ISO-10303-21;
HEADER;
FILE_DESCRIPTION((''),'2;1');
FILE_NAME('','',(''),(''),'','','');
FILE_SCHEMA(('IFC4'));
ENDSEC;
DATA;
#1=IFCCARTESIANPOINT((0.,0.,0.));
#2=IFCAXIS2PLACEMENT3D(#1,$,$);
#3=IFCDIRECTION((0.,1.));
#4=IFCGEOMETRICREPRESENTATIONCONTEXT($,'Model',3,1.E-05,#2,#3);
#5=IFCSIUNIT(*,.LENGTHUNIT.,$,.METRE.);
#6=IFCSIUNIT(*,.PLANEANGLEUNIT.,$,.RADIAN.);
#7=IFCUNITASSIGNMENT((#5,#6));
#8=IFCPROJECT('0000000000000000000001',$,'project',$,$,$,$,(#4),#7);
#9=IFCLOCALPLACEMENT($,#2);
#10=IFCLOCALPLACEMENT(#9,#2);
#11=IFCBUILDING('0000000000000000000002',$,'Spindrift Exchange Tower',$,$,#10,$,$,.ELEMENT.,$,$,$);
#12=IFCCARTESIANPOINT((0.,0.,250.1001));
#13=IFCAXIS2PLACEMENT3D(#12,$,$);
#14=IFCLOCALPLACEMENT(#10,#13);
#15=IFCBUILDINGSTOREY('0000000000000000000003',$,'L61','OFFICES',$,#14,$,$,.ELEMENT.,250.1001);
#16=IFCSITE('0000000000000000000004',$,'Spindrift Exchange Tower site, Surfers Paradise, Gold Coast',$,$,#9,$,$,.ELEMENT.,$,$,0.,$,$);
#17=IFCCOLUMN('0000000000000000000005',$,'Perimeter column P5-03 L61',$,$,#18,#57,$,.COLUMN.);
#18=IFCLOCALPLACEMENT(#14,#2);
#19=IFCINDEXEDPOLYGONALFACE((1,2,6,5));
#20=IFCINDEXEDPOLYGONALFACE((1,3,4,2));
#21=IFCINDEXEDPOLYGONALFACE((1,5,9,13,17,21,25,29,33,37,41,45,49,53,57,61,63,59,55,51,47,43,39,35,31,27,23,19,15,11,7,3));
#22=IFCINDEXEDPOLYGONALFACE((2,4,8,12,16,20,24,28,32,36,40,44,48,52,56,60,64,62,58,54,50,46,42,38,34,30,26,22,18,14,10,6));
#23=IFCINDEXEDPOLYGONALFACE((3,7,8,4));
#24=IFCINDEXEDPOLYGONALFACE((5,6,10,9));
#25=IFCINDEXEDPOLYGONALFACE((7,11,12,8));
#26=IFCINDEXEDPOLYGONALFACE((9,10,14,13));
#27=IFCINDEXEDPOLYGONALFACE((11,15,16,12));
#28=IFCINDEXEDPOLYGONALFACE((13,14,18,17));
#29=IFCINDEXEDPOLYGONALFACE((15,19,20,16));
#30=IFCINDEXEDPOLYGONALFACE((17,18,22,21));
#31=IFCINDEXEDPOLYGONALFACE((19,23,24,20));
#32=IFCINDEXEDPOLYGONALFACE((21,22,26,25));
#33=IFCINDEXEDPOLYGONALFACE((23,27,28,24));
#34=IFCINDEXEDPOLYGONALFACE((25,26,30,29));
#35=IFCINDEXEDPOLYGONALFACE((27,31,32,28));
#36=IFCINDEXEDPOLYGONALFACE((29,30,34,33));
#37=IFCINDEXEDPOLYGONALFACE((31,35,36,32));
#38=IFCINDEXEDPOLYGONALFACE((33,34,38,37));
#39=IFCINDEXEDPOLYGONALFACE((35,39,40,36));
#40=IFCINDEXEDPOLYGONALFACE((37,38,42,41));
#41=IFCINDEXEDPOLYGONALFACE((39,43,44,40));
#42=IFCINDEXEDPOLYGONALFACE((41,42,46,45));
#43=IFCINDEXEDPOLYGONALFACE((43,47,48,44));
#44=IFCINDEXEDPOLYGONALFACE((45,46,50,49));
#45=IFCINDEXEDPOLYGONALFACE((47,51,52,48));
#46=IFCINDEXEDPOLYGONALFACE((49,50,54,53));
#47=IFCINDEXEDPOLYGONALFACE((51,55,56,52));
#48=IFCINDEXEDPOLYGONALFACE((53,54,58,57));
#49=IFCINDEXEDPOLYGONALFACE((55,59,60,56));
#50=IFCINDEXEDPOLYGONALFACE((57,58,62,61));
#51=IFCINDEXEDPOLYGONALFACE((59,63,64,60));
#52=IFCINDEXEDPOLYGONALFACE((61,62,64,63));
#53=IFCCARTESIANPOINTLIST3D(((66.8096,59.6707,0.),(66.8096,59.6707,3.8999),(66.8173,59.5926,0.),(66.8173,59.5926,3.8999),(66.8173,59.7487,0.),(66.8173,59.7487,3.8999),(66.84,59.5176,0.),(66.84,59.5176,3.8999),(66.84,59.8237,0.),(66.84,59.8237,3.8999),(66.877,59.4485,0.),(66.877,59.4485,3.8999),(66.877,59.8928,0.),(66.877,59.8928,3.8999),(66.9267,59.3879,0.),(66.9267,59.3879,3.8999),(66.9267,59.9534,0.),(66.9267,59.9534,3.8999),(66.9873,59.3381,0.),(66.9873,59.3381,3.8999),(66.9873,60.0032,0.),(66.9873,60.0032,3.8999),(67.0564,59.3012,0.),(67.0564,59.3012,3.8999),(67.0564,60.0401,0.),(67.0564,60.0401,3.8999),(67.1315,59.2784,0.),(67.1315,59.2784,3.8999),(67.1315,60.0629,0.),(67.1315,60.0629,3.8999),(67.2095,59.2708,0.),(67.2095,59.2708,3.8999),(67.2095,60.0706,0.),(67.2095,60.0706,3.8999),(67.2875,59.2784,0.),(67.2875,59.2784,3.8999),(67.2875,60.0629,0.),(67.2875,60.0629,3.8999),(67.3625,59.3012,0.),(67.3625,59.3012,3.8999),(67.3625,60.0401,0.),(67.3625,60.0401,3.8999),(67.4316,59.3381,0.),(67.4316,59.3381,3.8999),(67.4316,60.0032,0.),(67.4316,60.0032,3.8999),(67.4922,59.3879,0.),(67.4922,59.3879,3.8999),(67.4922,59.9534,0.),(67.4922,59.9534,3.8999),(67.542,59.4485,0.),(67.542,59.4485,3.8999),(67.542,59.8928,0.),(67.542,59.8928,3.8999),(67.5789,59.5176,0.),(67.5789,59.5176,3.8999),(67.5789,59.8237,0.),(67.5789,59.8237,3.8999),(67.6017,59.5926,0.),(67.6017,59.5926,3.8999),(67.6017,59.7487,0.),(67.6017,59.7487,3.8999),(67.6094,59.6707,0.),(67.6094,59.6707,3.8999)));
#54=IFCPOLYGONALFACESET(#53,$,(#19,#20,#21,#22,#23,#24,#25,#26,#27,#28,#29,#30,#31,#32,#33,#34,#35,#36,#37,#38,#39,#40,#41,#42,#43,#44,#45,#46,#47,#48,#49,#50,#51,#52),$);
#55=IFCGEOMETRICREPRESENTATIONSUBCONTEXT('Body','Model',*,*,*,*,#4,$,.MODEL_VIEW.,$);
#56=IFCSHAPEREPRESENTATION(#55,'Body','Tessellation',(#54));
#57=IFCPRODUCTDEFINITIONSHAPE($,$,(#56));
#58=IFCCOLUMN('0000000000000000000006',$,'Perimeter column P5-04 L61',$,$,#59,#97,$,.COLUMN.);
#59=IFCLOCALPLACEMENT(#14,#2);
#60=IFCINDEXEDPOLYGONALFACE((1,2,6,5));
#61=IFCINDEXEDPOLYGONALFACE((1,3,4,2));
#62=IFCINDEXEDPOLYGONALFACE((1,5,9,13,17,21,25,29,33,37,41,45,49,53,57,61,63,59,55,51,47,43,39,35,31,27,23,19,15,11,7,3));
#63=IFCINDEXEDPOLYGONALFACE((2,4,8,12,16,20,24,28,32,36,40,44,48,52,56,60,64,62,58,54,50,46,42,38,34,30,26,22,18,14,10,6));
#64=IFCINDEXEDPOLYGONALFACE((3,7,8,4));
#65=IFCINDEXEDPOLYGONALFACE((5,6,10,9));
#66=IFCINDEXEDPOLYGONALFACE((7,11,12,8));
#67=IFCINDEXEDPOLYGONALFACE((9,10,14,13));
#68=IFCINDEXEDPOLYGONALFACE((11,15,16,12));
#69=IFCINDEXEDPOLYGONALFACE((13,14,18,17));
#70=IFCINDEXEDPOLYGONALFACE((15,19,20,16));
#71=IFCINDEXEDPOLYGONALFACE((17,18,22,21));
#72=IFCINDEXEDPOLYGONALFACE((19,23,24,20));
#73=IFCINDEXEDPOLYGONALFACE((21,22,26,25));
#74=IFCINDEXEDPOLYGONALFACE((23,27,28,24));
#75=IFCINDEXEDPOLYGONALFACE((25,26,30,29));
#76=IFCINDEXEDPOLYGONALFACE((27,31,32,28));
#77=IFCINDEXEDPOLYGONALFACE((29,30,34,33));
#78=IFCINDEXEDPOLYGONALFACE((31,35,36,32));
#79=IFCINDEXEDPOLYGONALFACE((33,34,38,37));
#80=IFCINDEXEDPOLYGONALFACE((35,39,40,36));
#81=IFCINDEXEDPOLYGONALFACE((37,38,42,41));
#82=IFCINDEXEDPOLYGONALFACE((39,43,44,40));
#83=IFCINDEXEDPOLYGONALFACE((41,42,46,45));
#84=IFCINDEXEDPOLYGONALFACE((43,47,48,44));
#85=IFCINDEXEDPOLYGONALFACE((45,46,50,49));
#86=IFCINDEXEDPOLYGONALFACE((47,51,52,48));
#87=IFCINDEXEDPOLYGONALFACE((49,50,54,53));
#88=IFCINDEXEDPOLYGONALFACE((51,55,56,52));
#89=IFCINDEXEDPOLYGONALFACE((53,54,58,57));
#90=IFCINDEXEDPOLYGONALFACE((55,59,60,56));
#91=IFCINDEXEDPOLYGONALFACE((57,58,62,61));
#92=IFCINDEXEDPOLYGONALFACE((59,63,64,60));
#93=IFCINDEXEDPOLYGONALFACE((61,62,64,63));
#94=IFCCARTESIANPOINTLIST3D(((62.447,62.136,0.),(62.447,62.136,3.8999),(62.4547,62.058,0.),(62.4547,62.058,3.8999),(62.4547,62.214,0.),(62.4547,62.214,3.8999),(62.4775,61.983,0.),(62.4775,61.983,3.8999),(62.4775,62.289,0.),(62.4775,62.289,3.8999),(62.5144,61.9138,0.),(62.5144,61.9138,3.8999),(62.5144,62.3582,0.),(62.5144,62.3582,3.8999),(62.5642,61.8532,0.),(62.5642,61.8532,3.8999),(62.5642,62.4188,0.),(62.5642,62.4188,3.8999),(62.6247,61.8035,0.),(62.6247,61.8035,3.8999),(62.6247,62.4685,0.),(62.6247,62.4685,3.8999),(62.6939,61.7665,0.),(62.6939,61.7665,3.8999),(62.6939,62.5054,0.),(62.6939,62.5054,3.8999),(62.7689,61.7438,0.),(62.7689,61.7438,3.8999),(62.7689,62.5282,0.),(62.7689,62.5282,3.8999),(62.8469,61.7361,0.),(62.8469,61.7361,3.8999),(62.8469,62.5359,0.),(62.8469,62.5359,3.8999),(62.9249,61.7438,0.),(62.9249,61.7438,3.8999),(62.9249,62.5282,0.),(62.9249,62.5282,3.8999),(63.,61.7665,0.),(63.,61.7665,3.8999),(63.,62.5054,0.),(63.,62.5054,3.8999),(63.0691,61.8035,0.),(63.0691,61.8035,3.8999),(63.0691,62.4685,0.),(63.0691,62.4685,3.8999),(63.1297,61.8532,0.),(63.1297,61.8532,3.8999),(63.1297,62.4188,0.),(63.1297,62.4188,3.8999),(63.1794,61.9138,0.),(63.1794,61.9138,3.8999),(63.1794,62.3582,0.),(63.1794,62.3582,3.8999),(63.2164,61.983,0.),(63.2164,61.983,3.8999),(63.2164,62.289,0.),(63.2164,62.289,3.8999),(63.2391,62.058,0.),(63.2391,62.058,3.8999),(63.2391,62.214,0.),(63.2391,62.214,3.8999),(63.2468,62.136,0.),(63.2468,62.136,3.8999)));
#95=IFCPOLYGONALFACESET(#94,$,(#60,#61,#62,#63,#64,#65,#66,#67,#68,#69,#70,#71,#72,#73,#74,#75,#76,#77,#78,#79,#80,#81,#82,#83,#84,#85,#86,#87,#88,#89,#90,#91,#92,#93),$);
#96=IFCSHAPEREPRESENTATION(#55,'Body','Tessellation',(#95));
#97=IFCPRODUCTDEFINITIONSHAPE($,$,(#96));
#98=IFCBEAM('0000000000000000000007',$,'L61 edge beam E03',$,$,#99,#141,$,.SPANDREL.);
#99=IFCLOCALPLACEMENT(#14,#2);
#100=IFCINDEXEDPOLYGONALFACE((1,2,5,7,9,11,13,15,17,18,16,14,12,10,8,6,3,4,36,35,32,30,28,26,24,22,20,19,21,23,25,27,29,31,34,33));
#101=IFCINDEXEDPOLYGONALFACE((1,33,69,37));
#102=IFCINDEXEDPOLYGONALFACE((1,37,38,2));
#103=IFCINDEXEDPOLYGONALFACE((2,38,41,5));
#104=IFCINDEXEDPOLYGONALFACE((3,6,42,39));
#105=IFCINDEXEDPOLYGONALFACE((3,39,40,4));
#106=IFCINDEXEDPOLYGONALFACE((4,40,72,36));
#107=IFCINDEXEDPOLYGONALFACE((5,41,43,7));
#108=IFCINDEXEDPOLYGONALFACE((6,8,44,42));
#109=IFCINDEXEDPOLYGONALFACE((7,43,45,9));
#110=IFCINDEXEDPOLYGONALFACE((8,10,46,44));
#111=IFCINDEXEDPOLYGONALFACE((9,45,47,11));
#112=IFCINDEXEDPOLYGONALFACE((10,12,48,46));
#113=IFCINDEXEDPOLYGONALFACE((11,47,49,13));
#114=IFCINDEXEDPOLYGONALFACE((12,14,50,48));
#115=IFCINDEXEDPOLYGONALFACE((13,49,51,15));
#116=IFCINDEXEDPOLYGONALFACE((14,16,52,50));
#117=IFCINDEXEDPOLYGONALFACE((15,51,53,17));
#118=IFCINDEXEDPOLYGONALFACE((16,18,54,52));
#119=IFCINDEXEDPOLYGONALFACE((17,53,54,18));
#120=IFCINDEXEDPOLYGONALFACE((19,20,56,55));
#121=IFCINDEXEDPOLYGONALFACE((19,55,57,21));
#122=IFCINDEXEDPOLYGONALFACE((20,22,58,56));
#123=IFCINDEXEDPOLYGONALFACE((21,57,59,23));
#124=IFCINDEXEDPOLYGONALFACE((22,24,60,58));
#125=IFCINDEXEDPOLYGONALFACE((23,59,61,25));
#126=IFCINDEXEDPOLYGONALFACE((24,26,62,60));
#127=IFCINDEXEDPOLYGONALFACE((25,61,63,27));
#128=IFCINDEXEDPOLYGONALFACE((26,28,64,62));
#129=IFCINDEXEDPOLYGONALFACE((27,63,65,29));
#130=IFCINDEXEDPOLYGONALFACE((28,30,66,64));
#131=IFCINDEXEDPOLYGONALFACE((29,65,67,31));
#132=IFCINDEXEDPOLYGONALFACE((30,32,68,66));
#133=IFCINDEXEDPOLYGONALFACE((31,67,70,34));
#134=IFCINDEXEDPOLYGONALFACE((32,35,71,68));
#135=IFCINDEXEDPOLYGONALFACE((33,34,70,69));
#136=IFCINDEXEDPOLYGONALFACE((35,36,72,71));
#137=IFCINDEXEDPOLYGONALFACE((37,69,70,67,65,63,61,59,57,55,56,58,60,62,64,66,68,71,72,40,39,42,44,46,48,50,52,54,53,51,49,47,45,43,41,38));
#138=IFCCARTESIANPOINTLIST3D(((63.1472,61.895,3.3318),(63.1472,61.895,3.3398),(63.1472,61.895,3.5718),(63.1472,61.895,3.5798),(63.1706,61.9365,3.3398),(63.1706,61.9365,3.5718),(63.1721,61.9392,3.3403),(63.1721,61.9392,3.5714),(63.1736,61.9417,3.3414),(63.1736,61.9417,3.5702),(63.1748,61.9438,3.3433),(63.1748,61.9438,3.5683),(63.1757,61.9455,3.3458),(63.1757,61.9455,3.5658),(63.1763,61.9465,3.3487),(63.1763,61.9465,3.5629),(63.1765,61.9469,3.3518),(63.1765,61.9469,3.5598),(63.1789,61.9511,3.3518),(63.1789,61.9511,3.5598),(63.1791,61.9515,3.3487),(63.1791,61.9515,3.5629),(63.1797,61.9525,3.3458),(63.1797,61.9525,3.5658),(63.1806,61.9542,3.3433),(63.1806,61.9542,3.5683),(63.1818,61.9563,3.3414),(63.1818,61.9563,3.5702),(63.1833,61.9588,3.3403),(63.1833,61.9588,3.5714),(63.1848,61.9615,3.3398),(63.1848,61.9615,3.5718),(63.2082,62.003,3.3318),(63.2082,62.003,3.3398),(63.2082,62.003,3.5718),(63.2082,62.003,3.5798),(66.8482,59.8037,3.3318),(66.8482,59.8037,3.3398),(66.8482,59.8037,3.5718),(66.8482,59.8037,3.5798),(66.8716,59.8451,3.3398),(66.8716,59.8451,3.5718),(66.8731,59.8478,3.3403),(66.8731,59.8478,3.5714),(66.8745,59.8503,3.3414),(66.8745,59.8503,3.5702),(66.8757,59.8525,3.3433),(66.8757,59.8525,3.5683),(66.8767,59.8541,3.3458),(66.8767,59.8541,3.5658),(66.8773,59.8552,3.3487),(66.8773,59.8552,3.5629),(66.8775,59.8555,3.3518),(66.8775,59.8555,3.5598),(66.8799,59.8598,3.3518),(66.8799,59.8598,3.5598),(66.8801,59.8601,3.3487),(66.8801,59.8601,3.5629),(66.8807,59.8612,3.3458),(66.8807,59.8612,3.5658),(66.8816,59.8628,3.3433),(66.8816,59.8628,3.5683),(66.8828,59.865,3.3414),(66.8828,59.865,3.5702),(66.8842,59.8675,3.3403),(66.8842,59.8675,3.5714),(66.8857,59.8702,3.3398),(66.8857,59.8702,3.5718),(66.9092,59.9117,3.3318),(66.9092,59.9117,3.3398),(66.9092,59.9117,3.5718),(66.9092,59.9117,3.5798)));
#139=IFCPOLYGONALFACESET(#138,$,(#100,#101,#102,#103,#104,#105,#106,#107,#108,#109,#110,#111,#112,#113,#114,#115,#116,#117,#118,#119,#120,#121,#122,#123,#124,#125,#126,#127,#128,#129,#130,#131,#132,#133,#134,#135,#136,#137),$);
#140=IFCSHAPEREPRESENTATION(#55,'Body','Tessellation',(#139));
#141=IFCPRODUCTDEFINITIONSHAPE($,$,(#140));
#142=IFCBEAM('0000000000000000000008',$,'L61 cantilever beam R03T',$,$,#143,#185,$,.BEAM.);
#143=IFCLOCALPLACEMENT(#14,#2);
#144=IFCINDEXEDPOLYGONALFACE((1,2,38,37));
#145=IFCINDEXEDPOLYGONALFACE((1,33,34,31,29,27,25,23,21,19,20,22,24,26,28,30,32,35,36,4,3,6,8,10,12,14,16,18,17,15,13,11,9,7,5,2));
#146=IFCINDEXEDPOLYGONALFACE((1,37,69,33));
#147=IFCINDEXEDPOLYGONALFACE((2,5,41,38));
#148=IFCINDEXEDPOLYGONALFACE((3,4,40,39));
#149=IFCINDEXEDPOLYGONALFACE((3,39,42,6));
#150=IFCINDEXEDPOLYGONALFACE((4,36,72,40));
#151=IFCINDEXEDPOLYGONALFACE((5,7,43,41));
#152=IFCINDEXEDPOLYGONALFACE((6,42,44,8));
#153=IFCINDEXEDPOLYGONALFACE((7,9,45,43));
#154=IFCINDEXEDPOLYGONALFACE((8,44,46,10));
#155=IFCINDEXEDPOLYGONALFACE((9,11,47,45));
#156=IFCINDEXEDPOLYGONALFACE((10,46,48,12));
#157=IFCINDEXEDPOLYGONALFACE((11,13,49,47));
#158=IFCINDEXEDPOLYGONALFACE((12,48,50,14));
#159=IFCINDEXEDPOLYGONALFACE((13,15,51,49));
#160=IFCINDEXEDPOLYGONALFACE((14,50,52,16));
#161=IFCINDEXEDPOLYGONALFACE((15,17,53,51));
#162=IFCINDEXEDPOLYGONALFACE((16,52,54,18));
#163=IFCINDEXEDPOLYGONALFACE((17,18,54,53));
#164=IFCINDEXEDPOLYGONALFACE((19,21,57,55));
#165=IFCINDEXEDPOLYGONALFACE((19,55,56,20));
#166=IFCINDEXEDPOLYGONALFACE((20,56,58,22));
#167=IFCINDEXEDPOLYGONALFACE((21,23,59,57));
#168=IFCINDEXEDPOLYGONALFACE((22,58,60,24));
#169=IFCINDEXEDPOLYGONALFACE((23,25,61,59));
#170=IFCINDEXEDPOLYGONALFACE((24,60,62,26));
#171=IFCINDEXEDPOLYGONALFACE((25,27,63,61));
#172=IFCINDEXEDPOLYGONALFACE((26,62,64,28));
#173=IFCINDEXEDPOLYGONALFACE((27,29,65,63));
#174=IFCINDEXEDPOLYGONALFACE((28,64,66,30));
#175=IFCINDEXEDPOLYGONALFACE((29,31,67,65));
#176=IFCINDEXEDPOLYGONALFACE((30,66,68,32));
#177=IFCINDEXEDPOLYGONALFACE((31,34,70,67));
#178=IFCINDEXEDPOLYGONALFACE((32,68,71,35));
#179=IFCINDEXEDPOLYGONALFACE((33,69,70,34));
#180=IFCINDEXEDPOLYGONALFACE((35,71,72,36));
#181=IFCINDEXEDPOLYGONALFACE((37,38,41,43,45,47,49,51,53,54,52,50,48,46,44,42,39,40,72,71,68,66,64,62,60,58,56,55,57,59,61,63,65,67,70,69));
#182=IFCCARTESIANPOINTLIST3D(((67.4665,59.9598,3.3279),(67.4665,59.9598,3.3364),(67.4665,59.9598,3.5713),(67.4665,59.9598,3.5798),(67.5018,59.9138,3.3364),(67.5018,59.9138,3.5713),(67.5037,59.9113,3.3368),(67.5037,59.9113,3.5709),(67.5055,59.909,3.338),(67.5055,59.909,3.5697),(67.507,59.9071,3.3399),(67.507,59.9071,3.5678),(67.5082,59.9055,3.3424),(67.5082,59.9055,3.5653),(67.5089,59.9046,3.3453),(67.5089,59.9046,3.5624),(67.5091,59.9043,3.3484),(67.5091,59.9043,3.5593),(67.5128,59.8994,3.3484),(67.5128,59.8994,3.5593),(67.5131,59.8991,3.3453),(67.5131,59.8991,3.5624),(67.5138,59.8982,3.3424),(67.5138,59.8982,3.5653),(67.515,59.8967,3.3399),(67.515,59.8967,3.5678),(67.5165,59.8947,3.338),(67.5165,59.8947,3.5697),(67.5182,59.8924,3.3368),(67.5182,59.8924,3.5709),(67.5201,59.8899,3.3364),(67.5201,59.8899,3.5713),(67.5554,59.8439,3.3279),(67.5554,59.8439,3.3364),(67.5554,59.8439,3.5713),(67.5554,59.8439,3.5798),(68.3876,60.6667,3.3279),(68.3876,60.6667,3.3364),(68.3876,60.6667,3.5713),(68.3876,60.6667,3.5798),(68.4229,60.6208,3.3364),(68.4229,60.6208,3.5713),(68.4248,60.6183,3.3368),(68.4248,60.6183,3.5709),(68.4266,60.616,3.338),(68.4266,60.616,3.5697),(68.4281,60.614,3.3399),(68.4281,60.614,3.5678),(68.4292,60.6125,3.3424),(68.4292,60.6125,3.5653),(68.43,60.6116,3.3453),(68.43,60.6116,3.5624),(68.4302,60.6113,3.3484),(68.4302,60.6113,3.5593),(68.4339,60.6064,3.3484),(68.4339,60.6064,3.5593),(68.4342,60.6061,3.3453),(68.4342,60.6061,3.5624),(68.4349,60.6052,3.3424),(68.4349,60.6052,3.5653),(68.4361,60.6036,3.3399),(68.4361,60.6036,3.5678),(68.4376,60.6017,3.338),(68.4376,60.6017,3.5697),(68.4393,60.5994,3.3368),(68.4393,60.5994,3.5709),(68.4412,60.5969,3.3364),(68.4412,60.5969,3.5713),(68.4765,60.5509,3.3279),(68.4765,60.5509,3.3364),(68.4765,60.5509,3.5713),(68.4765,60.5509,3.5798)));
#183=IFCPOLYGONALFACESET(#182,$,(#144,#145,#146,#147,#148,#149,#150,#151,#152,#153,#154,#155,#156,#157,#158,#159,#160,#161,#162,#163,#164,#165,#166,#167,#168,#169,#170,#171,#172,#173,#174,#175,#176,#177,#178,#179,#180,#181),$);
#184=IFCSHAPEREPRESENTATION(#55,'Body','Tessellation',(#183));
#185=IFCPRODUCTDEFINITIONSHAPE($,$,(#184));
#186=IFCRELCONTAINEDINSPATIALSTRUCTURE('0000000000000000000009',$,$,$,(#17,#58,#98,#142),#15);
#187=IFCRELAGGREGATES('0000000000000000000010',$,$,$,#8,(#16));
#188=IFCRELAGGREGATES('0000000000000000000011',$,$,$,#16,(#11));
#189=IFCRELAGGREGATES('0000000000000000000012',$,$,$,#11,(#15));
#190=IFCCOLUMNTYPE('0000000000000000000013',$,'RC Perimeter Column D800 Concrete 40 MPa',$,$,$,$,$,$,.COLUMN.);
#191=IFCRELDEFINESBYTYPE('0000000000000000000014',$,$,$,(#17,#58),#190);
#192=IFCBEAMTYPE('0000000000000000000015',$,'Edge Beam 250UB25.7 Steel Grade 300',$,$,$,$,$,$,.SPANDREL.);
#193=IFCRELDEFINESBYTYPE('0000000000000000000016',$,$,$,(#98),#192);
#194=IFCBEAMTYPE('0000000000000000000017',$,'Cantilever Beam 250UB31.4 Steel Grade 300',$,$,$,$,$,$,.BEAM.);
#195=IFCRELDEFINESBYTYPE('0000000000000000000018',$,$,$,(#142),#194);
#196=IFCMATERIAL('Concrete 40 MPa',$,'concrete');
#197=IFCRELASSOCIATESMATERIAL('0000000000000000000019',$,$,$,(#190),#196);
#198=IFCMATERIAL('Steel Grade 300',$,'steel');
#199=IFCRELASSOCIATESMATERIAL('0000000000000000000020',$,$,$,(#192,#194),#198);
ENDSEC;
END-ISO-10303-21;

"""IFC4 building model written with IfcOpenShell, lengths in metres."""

from ifc_helpers import new_model, si_unit, direction, frame, origin, origin_2d, place, context, subcontext, project, spatial, circle, i_section, extrude, source, transform, mapped, material, material_profile, profile_set, type_object, element, save


model = new_model("IFC4")

# Units and contexts
model_context = context("Model", 3, precision=1e-05, world=origin(), true_north=direction((0.0, 1.0)))
body_context = subcontext(model_context, "Body", "Model", "MODEL_VIEW")
ifc_project = project(units=[si_unit("LENGTHUNIT", "METRE"), si_unit("PLANEANGLEUNIT", "RADIAN")], contexts=[model_context])

# Site, building, storey
site_placement = place(None, origin())
site = spatial("IfcSite", under=ifc_project, at=site_placement, Name="Spindrift Exchange Tower site, Surfers Paradise, Gold Coast", CompositionType="ELEMENT", RefElevation=0.0)
building_placement = place(site_placement, origin())
building = spatial("IfcBuilding", under=site, at=building_placement, Name="Spindrift Exchange Tower", CompositionType="ELEMENT")
storey_placement = place(building_placement, frame((0.0, 0.0, 250.1001)))
storey = spatial("IfcBuildingStorey", under=building, at=storey_placement, Name="L61", Description="OFFICES", CompositionType="ELEMENT", Elevation=250.1001)

# Columns
ifc_material_1 = material(Name="Concrete 40 MPa", Category="concrete")
ifc_material_profile_1 = material_profile(ifc_material_1, circle(Radius=0.3999, at=origin_2d()), Name="RC D800")
ifc_profile_set_1 = profile_set([ifc_material_profile_1], Name="Concrete 40 MPa")
column_type = type_object("IfcColumnType", Name="RC Perimeter Column D800 Concrete 40 MPa", PredefinedType="COLUMN", material=ifc_profile_set_1)
shared_shape_1 = source(origin(), body_context, "Body", "SweptSolid", [
    extrude(circle(Radius=0.3999, at=origin_2d()), origin(), (0.0, 0.0, 1.0), 3.8999),
])
for number, where, z_axis, x_axis, name in (
    (1, (67.2095, 59.6707, 0.0), (0.0, 0.0, 1.0), (1.0, 0.0, 0.0), "Perimeter column P5-03 L61"),
    (2, (62.8469, 62.136, 0.0), (0.0, 0.0, 1.0), (1.0, 0.0, 0.0), "Perimeter column P5-04 L61"),
):
    element("IfcColumn", number, at=place(storey_placement, frame(where, z_axis=z_axis, x_axis=x_axis)), inside=storey, type_object=column_type, Name=name, PredefinedType="COLUMN", context=body_context, shape_type="MappedRepresentation", body=[
        mapped(shared_shape_1, transform((0.0, 0.0, 0.0), scale=1.0)),
    ])

# Beams
ifc_material_2 = material(Name="Steel Grade 300", Category="steel")
ifc_material_profile_2 = material_profile(ifc_material_2, i_section(OverallWidth=0.124, OverallDepth=0.248, WebThickness=0.0049, FlangeThickness=0.0081, FilletRadius=0.012, at=origin_2d()), Name="250UB25.7")
ifc_profile_set_2 = profile_set([ifc_material_profile_2], Name="Steel Grade 300")
beam_type_1 = type_object("IfcBeamType", Name="Edge Beam 250UB25.7 Steel Grade 300", PredefinedType="SPANDREL", material=ifc_profile_set_2)
shared_shape_2 = source(origin(), body_context, "Body", "SweptSolid", [
    extrude(i_section(OverallWidth=0.124, OverallDepth=0.248, WebThickness=0.0049, FlangeThickness=0.0081, FilletRadius=0.012, at=origin_2d()), origin(), (0.0, 0.0, 1.0), 4.251),
])
beam_1_placement = place(storey_placement, frame((66.8787, 59.8577, 3.4558), z_axis=(-0.870615, 0.491965, 0.0), x_axis=(-0.491965, -0.870615, 0.0)))
element("IfcBeam", 3, at=beam_1_placement, inside=storey, type_object=beam_type_1, Name="L61 edge beam E03", PredefinedType="SPANDREL", context=body_context, shape_type="MappedRepresentation", body=[
    mapped(shared_shape_2, transform((0.0, 0.0, 0.0), scale=1.0)),
])
ifc_material_profile_3 = material_profile(ifc_material_2, i_section(OverallWidth=0.146, OverallDepth=0.252, WebThickness=0.0061, FlangeThickness=0.0085, FilletRadius=0.012, at=origin_2d()), Name="250UB31.4")
ifc_profile_set_3 = profile_set([ifc_material_profile_3], Name="Steel Grade 300")
beam_type_2 = type_object("IfcBeamType", Name="Cantilever Beam 250UB31.4 Steel Grade 300", PredefinedType="BEAM", material=ifc_profile_set_3)
shared_shape_3 = source(origin(), body_context, "Body", "SweptSolid", [
    extrude(i_section(OverallWidth=0.146, OverallDepth=0.252, WebThickness=0.0061, FlangeThickness=0.0085, FilletRadius=0.012, at=origin_2d()), origin(), (0.0, 0.0, 1.0), 1.1611),
])
beam_2_placement = place(storey_placement, frame((67.511, 59.9019, 3.4539), z_axis=(0.793264, 0.608877, 0.0), x_axis=(-0.608877, 0.793264, 0.0)))
element("IfcBeam", 4, at=beam_2_placement, inside=storey, type_object=beam_type_2, Name="L61 cantilever beam R03T", PredefinedType="BEAM", context=body_context, shape_type="MappedRepresentation", body=[
    mapped(shared_shape_3, transform((0.0, 0.0, 0.0), scale=1.0)),
])

save(model, "model.ifc")
